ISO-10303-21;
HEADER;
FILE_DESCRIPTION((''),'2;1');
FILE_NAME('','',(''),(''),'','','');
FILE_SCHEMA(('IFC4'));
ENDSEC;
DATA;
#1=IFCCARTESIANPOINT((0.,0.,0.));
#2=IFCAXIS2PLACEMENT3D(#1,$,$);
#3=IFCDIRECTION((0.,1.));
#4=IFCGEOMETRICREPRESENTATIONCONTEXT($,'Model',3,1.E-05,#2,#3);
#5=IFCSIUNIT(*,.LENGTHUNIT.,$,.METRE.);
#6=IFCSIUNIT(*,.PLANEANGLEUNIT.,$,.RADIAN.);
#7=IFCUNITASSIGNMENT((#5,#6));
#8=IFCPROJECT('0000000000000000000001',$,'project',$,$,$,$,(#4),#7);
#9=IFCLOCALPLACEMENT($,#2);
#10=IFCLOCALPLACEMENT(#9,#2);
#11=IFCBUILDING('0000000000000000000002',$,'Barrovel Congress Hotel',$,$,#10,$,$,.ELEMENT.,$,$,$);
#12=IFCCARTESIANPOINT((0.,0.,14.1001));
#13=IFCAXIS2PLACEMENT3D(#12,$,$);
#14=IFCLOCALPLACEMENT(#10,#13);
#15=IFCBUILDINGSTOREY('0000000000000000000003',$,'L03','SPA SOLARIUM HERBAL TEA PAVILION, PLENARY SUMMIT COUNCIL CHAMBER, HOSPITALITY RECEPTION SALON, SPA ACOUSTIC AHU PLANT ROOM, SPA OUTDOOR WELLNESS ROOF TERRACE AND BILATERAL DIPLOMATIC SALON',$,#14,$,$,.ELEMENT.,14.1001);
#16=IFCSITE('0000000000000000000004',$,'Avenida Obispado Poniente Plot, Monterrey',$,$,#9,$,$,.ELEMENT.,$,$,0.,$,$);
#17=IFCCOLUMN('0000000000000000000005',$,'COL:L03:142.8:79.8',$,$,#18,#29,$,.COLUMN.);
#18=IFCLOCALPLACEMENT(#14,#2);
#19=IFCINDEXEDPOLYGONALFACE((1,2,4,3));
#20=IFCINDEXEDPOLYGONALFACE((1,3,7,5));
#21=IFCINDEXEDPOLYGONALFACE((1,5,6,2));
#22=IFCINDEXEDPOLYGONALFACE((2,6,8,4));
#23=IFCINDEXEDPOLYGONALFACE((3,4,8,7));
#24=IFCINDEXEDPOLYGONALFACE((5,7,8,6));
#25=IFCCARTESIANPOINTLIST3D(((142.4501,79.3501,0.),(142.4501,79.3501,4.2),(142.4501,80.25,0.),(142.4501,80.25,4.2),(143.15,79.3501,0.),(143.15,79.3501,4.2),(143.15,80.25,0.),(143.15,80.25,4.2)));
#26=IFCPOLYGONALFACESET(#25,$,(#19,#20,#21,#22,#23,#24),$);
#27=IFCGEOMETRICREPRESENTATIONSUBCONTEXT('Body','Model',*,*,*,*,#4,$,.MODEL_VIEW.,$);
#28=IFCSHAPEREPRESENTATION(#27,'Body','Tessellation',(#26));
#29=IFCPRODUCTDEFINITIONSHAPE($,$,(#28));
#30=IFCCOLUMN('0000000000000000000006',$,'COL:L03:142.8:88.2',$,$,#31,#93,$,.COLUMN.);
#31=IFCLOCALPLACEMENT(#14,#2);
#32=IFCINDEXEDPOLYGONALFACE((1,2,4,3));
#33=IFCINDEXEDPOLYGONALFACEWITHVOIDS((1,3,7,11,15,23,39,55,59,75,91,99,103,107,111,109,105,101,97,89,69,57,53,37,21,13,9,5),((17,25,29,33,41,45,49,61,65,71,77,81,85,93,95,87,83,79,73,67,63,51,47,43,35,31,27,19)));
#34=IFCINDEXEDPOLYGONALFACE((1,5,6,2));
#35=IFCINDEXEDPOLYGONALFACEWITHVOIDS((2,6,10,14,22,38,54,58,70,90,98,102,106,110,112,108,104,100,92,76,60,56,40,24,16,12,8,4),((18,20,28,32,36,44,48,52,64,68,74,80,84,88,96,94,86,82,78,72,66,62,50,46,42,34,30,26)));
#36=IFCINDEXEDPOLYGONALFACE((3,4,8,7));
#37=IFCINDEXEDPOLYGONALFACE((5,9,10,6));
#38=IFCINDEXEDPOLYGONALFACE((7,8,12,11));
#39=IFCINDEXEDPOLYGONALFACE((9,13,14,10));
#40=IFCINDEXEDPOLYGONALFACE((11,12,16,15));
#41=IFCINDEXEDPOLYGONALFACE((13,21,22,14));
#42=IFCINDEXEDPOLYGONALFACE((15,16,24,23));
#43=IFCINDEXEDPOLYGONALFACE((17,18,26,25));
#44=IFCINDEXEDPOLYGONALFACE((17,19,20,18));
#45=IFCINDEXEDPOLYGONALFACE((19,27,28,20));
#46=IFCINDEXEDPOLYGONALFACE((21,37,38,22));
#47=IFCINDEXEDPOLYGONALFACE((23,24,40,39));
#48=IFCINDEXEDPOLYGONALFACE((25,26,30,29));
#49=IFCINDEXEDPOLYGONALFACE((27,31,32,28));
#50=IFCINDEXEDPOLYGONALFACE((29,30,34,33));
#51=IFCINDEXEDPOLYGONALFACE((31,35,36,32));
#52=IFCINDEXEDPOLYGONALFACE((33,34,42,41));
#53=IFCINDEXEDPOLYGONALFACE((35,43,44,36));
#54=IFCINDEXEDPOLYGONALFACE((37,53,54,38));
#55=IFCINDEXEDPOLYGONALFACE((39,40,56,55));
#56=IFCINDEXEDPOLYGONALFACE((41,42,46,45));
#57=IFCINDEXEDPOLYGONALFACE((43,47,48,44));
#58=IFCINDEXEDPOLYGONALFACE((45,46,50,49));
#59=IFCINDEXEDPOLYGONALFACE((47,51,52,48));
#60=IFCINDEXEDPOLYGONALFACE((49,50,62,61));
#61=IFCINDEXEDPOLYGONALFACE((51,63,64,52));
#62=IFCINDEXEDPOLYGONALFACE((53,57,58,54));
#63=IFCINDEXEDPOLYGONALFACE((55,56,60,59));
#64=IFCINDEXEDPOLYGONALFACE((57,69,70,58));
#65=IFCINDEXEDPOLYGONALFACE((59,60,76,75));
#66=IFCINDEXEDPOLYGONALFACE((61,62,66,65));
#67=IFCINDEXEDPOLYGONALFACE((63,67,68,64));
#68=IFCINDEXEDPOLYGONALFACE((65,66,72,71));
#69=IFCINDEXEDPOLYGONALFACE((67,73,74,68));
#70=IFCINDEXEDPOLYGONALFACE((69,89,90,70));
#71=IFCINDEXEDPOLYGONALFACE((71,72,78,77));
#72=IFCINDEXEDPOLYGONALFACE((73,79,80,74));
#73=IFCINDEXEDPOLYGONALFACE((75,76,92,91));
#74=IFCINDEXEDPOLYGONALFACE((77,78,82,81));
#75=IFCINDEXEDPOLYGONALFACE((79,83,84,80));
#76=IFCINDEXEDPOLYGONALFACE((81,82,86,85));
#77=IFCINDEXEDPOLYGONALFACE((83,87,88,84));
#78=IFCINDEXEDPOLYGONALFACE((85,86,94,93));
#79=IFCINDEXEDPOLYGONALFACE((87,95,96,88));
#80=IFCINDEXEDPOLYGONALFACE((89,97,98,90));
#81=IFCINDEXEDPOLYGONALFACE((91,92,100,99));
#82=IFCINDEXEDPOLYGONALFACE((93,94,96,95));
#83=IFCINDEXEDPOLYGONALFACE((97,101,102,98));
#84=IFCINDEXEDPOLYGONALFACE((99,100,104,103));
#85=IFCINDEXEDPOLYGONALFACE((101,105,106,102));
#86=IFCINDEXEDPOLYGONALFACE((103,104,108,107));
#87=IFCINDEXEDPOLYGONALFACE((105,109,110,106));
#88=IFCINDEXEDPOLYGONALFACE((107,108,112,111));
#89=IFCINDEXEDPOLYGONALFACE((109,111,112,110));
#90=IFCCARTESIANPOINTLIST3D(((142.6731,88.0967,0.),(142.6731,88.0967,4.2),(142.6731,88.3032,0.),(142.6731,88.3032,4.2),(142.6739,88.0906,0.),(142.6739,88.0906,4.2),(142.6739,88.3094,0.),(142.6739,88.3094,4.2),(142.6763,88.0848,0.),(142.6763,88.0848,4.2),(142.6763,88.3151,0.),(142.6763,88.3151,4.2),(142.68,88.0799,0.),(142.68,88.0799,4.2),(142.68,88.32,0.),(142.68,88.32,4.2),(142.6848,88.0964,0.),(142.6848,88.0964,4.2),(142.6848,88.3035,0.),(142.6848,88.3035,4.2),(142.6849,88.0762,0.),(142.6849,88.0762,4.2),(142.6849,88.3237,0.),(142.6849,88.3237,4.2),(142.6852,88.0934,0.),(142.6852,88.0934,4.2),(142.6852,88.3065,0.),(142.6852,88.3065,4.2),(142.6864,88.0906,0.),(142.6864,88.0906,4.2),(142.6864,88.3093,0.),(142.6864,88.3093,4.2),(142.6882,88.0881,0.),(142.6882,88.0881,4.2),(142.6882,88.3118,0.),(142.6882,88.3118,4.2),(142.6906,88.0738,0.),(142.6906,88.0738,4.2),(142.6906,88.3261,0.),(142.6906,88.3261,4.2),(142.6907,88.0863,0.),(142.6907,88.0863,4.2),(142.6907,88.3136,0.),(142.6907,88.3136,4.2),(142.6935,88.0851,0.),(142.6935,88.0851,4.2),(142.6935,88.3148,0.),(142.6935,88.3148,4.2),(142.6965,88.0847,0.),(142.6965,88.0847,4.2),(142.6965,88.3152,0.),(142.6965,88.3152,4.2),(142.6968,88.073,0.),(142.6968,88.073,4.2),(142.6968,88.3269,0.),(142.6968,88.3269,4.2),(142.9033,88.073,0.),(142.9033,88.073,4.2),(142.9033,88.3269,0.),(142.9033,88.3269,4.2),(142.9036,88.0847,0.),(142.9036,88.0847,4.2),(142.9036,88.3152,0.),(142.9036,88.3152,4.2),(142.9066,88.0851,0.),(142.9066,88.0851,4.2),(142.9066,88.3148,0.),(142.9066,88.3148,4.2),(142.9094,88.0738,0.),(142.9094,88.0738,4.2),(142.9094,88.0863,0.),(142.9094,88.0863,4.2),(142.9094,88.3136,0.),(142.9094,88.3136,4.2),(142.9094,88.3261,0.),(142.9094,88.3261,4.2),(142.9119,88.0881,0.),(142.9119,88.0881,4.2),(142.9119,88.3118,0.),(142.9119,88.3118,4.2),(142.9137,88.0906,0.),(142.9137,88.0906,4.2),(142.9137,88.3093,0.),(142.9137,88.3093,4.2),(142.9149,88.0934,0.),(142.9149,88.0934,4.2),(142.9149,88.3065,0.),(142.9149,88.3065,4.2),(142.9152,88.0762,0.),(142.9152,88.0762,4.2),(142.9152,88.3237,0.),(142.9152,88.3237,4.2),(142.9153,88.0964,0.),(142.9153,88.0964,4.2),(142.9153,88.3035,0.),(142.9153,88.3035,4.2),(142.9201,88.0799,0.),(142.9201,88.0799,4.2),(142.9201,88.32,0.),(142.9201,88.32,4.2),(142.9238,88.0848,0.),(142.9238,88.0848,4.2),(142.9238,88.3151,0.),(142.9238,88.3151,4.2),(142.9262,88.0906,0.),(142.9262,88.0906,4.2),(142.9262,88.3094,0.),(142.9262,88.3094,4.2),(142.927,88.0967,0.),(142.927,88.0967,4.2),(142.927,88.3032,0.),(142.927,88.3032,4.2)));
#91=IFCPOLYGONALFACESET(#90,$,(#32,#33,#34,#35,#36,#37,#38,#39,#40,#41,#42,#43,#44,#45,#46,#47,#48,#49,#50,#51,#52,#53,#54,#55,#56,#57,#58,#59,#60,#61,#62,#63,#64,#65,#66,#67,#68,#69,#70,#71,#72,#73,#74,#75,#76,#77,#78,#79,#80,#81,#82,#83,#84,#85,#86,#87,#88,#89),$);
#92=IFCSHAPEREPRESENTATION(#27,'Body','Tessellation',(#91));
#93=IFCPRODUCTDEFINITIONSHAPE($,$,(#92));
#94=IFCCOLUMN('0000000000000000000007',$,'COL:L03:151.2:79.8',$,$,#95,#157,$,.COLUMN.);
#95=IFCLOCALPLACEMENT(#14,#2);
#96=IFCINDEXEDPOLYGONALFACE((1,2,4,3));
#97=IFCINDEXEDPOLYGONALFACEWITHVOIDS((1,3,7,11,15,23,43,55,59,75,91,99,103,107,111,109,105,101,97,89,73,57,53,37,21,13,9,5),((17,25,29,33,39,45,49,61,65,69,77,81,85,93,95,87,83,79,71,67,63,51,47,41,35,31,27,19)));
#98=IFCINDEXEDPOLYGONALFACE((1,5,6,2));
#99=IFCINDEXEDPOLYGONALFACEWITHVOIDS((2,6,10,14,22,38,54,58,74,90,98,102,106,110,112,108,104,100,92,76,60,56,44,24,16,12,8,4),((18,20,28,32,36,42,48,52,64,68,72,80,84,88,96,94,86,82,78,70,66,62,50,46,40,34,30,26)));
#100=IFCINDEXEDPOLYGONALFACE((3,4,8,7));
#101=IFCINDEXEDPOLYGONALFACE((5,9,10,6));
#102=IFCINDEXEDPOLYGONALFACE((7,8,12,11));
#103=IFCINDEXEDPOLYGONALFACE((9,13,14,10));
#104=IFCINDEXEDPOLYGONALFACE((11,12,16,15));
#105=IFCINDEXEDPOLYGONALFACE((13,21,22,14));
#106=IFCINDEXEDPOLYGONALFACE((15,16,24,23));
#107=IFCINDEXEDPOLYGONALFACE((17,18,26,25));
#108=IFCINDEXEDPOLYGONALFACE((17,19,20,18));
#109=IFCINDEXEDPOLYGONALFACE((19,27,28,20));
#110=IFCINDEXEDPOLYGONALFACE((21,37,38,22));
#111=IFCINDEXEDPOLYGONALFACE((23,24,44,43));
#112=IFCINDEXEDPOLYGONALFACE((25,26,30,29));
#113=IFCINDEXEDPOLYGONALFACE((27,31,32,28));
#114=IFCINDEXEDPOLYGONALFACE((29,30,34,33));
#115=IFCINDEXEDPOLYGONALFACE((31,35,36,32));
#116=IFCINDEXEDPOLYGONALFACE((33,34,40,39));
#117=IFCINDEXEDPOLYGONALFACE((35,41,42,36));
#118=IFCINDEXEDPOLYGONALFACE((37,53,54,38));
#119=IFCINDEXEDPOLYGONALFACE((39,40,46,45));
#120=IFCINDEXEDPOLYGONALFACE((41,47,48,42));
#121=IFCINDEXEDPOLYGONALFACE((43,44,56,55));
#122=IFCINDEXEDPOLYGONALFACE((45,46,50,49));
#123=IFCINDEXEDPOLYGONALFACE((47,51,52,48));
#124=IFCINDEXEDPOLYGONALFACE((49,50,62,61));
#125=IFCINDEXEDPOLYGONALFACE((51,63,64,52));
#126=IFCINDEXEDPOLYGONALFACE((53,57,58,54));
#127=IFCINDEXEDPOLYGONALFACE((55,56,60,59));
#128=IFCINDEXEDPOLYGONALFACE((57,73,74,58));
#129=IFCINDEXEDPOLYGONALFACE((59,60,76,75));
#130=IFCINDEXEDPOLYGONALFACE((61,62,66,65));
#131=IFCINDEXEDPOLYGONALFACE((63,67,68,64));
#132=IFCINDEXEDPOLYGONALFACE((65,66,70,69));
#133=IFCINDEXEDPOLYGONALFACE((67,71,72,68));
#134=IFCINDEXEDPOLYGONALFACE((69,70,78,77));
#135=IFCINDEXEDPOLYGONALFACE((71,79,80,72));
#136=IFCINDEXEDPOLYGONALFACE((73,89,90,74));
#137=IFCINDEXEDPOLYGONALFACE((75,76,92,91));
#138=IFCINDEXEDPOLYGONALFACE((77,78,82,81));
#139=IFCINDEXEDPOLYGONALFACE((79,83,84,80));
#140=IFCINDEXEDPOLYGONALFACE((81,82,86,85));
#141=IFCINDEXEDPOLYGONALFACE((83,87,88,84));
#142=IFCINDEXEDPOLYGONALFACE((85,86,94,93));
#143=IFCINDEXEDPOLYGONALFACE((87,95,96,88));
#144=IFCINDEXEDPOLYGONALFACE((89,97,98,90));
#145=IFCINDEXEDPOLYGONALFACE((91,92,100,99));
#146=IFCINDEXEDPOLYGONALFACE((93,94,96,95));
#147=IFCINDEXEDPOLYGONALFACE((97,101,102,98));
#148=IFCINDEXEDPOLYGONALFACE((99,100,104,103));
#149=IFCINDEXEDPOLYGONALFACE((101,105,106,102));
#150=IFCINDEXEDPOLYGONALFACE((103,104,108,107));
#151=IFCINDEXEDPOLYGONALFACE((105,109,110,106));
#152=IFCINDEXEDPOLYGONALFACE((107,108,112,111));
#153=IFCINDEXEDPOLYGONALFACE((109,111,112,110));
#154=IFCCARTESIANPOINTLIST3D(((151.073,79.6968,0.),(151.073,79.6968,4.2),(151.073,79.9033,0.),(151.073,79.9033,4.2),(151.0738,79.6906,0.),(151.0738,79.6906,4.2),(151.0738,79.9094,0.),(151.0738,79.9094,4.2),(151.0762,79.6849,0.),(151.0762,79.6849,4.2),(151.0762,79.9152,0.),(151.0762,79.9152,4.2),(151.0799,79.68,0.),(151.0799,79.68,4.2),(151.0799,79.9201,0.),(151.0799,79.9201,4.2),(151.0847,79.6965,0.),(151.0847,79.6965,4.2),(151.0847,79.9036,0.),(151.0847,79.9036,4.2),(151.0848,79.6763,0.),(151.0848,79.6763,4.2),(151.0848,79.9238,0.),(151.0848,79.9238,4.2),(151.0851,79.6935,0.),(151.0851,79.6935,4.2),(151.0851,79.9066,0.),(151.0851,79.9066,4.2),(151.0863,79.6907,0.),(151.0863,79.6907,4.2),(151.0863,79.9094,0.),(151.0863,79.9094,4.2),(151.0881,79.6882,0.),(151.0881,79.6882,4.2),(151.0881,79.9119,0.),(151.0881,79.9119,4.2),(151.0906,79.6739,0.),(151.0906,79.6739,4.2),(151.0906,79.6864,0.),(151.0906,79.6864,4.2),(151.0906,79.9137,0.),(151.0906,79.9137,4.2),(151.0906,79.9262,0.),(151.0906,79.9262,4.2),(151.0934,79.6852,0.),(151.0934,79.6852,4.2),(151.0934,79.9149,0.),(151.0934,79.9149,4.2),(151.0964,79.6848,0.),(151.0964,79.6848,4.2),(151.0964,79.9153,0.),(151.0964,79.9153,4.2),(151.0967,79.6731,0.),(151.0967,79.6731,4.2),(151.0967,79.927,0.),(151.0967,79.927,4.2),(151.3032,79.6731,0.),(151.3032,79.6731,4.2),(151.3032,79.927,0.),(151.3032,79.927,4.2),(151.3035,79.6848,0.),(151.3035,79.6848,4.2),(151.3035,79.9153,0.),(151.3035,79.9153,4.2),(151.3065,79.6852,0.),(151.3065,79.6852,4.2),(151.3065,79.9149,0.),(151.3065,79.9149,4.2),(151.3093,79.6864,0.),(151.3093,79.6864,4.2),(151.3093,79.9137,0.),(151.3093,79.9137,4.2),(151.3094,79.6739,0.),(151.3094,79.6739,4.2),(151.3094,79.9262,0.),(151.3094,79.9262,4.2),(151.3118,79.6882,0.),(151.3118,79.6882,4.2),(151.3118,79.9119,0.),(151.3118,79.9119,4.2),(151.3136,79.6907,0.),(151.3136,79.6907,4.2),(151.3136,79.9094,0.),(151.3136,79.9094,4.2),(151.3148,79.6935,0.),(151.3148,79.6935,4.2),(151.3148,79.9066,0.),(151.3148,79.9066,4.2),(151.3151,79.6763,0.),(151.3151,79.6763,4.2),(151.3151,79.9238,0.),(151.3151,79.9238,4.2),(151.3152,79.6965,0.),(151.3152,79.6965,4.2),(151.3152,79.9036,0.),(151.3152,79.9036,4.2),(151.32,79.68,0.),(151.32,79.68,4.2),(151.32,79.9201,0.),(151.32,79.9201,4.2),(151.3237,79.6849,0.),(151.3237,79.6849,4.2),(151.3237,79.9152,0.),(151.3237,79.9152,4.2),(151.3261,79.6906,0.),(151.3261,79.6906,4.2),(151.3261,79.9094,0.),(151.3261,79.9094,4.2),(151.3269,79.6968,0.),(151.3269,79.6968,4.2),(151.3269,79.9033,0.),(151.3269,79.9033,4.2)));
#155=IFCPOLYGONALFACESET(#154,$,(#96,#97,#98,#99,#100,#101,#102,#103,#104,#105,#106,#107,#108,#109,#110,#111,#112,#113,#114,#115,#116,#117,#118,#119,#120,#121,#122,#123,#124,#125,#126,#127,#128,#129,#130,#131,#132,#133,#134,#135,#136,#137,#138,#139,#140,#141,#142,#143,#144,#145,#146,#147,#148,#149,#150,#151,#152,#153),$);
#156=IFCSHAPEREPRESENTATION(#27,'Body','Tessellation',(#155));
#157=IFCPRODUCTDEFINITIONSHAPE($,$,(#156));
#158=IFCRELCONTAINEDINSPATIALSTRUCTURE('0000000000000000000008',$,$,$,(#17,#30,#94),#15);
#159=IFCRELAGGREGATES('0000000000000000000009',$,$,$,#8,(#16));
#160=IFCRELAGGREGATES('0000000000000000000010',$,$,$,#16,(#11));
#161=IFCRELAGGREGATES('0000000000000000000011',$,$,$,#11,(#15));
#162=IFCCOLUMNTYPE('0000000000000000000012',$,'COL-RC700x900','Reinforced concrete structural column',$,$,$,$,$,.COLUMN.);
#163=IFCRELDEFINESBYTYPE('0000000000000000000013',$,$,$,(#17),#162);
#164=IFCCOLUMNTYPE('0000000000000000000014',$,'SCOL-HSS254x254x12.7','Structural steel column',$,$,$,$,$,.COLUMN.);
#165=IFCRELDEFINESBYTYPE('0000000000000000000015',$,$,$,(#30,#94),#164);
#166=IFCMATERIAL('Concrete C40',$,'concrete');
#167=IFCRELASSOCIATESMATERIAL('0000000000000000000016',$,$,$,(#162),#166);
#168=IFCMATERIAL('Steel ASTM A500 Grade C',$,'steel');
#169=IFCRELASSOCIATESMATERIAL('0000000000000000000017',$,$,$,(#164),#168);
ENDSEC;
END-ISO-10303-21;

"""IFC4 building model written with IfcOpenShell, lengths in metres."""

from ifc_helpers import new_model, si_unit, direction, frame, origin, origin_2d, place, context, subcontext, project, spatial, rectangle, hollow_rectangle, extrude, material, material_profile, profile_set, type_object, element, save


model = new_model("IFC4")

# Units and contexts
model_context = context("Model", 3, precision=1e-05, world=origin(), true_north=direction((0.0, 1.0)))
body_context = subcontext(model_context, "Body", "Model", "MODEL_VIEW")
ifc_project = project(units=[si_unit("LENGTHUNIT", "METRE"), si_unit("PLANEANGLEUNIT", "RADIAN")], contexts=[model_context])

# Site, building, storey
site_placement = place(None, origin())
site = spatial("IfcSite", under=ifc_project, at=site_placement, Name="Avenida Obispado Poniente Plot, Monterrey", CompositionType="ELEMENT", RefElevation=0.0)
building_placement = place(site_placement, origin())
building = spatial("IfcBuilding", under=site, at=building_placement, Name="Barrovel Congress Hotel", CompositionType="ELEMENT")
storey_placement = place(building_placement, frame((0.0, 0.0, 14.1001)))
storey = spatial("IfcBuildingStorey", under=building, at=storey_placement, Name="L03", Description="SPA SOLARIUM HERBAL TEA PAVILION, PLENARY SUMMIT COUNCIL CHAMBER, HOSPITALITY RECEPTION SALON, SPA ACOUSTIC AHU PLANT ROOM, SPA OUTDOOR WELLNESS ROOF TERRACE AND BILATERAL DIPLOMATIC SALON", CompositionType="ELEMENT", Elevation=14.1001)

# Columns
ifc_material_1 = material(Name="Concrete C40", Category="concrete")
ifc_material_profile_1 = material_profile(ifc_material_1, rectangle(XDim=0.7, YDim=0.8999, at=origin_2d()), Name="RC700x900")
ifc_profile_set_1 = profile_set([ifc_material_profile_1], Name="Concrete C40")
column_type_1 = type_object("IfcColumnType", Name="COL-RC700x900", Description="Reinforced concrete structural column", PredefinedType="COLUMN", material=ifc_profile_set_1)
column_placement = place(storey_placement, frame((142.8, 79.8, 0.0), z_axis=(0.0, 0.0, 1.0), x_axis=(1.0, 0.0, 0.0)))
element("IfcColumn", 1, at=column_placement, inside=storey, type_object=column_type_1, Name="COL:L03:142.8:79.8", PredefinedType="COLUMN", context=body_context, shape_type="SweptSolid", body=[
    extrude(rectangle(XDim=0.7, YDim=0.8999, at=origin_2d()), origin(), (0.0, 0.0, 1.0), 4.2),
])
ifc_material_2 = material(Name="Steel ASTM A500 Grade C", Category="steel")
ifc_material_profile_2 = material_profile(ifc_material_2, hollow_rectangle(XDim=0.2539, YDim=0.2539, WallThickness=0.0117, InnerFilletRadius=0.0117, OuterFilletRadius=0.0237, at=origin_2d()), Name="HSS254x254x12.7")
ifc_profile_set_2 = profile_set([ifc_material_profile_2], Name="Steel ASTM A500 Grade C")
column_type_2 = type_object("IfcColumnType", Name="SCOL-HSS254x254x12.7", Description="Structural steel column", PredefinedType="COLUMN", material=ifc_profile_set_2)
for number, where, z_axis, x_axis, name in (
    (2, (142.8, 88.2, 0.0), (0.0, 0.0, 1.0), (1.0, 0.0, 0.0), "COL:L03:142.8:88.2"),
    (3, (151.2, 79.8, 0.0), (0.0, 0.0, 1.0), (1.0, 0.0, 0.0), "COL:L03:151.2:79.8"),
):
    element("IfcColumn", number, at=place(storey_placement, frame(where, z_axis=z_axis, x_axis=x_axis)), inside=storey, type_object=column_type_2, Name=name, PredefinedType="COLUMN", context=body_context, shape_type="SweptSolid", body=[
        extrude(hollow_rectangle(XDim=0.2539, YDim=0.2539, WallThickness=0.0117, InnerFilletRadius=0.0117, OuterFilletRadius=0.0237, at=origin_2d()), origin(), (0.0, 0.0, 1.0), 4.2),
    ])

save(model, "model.ifc")
